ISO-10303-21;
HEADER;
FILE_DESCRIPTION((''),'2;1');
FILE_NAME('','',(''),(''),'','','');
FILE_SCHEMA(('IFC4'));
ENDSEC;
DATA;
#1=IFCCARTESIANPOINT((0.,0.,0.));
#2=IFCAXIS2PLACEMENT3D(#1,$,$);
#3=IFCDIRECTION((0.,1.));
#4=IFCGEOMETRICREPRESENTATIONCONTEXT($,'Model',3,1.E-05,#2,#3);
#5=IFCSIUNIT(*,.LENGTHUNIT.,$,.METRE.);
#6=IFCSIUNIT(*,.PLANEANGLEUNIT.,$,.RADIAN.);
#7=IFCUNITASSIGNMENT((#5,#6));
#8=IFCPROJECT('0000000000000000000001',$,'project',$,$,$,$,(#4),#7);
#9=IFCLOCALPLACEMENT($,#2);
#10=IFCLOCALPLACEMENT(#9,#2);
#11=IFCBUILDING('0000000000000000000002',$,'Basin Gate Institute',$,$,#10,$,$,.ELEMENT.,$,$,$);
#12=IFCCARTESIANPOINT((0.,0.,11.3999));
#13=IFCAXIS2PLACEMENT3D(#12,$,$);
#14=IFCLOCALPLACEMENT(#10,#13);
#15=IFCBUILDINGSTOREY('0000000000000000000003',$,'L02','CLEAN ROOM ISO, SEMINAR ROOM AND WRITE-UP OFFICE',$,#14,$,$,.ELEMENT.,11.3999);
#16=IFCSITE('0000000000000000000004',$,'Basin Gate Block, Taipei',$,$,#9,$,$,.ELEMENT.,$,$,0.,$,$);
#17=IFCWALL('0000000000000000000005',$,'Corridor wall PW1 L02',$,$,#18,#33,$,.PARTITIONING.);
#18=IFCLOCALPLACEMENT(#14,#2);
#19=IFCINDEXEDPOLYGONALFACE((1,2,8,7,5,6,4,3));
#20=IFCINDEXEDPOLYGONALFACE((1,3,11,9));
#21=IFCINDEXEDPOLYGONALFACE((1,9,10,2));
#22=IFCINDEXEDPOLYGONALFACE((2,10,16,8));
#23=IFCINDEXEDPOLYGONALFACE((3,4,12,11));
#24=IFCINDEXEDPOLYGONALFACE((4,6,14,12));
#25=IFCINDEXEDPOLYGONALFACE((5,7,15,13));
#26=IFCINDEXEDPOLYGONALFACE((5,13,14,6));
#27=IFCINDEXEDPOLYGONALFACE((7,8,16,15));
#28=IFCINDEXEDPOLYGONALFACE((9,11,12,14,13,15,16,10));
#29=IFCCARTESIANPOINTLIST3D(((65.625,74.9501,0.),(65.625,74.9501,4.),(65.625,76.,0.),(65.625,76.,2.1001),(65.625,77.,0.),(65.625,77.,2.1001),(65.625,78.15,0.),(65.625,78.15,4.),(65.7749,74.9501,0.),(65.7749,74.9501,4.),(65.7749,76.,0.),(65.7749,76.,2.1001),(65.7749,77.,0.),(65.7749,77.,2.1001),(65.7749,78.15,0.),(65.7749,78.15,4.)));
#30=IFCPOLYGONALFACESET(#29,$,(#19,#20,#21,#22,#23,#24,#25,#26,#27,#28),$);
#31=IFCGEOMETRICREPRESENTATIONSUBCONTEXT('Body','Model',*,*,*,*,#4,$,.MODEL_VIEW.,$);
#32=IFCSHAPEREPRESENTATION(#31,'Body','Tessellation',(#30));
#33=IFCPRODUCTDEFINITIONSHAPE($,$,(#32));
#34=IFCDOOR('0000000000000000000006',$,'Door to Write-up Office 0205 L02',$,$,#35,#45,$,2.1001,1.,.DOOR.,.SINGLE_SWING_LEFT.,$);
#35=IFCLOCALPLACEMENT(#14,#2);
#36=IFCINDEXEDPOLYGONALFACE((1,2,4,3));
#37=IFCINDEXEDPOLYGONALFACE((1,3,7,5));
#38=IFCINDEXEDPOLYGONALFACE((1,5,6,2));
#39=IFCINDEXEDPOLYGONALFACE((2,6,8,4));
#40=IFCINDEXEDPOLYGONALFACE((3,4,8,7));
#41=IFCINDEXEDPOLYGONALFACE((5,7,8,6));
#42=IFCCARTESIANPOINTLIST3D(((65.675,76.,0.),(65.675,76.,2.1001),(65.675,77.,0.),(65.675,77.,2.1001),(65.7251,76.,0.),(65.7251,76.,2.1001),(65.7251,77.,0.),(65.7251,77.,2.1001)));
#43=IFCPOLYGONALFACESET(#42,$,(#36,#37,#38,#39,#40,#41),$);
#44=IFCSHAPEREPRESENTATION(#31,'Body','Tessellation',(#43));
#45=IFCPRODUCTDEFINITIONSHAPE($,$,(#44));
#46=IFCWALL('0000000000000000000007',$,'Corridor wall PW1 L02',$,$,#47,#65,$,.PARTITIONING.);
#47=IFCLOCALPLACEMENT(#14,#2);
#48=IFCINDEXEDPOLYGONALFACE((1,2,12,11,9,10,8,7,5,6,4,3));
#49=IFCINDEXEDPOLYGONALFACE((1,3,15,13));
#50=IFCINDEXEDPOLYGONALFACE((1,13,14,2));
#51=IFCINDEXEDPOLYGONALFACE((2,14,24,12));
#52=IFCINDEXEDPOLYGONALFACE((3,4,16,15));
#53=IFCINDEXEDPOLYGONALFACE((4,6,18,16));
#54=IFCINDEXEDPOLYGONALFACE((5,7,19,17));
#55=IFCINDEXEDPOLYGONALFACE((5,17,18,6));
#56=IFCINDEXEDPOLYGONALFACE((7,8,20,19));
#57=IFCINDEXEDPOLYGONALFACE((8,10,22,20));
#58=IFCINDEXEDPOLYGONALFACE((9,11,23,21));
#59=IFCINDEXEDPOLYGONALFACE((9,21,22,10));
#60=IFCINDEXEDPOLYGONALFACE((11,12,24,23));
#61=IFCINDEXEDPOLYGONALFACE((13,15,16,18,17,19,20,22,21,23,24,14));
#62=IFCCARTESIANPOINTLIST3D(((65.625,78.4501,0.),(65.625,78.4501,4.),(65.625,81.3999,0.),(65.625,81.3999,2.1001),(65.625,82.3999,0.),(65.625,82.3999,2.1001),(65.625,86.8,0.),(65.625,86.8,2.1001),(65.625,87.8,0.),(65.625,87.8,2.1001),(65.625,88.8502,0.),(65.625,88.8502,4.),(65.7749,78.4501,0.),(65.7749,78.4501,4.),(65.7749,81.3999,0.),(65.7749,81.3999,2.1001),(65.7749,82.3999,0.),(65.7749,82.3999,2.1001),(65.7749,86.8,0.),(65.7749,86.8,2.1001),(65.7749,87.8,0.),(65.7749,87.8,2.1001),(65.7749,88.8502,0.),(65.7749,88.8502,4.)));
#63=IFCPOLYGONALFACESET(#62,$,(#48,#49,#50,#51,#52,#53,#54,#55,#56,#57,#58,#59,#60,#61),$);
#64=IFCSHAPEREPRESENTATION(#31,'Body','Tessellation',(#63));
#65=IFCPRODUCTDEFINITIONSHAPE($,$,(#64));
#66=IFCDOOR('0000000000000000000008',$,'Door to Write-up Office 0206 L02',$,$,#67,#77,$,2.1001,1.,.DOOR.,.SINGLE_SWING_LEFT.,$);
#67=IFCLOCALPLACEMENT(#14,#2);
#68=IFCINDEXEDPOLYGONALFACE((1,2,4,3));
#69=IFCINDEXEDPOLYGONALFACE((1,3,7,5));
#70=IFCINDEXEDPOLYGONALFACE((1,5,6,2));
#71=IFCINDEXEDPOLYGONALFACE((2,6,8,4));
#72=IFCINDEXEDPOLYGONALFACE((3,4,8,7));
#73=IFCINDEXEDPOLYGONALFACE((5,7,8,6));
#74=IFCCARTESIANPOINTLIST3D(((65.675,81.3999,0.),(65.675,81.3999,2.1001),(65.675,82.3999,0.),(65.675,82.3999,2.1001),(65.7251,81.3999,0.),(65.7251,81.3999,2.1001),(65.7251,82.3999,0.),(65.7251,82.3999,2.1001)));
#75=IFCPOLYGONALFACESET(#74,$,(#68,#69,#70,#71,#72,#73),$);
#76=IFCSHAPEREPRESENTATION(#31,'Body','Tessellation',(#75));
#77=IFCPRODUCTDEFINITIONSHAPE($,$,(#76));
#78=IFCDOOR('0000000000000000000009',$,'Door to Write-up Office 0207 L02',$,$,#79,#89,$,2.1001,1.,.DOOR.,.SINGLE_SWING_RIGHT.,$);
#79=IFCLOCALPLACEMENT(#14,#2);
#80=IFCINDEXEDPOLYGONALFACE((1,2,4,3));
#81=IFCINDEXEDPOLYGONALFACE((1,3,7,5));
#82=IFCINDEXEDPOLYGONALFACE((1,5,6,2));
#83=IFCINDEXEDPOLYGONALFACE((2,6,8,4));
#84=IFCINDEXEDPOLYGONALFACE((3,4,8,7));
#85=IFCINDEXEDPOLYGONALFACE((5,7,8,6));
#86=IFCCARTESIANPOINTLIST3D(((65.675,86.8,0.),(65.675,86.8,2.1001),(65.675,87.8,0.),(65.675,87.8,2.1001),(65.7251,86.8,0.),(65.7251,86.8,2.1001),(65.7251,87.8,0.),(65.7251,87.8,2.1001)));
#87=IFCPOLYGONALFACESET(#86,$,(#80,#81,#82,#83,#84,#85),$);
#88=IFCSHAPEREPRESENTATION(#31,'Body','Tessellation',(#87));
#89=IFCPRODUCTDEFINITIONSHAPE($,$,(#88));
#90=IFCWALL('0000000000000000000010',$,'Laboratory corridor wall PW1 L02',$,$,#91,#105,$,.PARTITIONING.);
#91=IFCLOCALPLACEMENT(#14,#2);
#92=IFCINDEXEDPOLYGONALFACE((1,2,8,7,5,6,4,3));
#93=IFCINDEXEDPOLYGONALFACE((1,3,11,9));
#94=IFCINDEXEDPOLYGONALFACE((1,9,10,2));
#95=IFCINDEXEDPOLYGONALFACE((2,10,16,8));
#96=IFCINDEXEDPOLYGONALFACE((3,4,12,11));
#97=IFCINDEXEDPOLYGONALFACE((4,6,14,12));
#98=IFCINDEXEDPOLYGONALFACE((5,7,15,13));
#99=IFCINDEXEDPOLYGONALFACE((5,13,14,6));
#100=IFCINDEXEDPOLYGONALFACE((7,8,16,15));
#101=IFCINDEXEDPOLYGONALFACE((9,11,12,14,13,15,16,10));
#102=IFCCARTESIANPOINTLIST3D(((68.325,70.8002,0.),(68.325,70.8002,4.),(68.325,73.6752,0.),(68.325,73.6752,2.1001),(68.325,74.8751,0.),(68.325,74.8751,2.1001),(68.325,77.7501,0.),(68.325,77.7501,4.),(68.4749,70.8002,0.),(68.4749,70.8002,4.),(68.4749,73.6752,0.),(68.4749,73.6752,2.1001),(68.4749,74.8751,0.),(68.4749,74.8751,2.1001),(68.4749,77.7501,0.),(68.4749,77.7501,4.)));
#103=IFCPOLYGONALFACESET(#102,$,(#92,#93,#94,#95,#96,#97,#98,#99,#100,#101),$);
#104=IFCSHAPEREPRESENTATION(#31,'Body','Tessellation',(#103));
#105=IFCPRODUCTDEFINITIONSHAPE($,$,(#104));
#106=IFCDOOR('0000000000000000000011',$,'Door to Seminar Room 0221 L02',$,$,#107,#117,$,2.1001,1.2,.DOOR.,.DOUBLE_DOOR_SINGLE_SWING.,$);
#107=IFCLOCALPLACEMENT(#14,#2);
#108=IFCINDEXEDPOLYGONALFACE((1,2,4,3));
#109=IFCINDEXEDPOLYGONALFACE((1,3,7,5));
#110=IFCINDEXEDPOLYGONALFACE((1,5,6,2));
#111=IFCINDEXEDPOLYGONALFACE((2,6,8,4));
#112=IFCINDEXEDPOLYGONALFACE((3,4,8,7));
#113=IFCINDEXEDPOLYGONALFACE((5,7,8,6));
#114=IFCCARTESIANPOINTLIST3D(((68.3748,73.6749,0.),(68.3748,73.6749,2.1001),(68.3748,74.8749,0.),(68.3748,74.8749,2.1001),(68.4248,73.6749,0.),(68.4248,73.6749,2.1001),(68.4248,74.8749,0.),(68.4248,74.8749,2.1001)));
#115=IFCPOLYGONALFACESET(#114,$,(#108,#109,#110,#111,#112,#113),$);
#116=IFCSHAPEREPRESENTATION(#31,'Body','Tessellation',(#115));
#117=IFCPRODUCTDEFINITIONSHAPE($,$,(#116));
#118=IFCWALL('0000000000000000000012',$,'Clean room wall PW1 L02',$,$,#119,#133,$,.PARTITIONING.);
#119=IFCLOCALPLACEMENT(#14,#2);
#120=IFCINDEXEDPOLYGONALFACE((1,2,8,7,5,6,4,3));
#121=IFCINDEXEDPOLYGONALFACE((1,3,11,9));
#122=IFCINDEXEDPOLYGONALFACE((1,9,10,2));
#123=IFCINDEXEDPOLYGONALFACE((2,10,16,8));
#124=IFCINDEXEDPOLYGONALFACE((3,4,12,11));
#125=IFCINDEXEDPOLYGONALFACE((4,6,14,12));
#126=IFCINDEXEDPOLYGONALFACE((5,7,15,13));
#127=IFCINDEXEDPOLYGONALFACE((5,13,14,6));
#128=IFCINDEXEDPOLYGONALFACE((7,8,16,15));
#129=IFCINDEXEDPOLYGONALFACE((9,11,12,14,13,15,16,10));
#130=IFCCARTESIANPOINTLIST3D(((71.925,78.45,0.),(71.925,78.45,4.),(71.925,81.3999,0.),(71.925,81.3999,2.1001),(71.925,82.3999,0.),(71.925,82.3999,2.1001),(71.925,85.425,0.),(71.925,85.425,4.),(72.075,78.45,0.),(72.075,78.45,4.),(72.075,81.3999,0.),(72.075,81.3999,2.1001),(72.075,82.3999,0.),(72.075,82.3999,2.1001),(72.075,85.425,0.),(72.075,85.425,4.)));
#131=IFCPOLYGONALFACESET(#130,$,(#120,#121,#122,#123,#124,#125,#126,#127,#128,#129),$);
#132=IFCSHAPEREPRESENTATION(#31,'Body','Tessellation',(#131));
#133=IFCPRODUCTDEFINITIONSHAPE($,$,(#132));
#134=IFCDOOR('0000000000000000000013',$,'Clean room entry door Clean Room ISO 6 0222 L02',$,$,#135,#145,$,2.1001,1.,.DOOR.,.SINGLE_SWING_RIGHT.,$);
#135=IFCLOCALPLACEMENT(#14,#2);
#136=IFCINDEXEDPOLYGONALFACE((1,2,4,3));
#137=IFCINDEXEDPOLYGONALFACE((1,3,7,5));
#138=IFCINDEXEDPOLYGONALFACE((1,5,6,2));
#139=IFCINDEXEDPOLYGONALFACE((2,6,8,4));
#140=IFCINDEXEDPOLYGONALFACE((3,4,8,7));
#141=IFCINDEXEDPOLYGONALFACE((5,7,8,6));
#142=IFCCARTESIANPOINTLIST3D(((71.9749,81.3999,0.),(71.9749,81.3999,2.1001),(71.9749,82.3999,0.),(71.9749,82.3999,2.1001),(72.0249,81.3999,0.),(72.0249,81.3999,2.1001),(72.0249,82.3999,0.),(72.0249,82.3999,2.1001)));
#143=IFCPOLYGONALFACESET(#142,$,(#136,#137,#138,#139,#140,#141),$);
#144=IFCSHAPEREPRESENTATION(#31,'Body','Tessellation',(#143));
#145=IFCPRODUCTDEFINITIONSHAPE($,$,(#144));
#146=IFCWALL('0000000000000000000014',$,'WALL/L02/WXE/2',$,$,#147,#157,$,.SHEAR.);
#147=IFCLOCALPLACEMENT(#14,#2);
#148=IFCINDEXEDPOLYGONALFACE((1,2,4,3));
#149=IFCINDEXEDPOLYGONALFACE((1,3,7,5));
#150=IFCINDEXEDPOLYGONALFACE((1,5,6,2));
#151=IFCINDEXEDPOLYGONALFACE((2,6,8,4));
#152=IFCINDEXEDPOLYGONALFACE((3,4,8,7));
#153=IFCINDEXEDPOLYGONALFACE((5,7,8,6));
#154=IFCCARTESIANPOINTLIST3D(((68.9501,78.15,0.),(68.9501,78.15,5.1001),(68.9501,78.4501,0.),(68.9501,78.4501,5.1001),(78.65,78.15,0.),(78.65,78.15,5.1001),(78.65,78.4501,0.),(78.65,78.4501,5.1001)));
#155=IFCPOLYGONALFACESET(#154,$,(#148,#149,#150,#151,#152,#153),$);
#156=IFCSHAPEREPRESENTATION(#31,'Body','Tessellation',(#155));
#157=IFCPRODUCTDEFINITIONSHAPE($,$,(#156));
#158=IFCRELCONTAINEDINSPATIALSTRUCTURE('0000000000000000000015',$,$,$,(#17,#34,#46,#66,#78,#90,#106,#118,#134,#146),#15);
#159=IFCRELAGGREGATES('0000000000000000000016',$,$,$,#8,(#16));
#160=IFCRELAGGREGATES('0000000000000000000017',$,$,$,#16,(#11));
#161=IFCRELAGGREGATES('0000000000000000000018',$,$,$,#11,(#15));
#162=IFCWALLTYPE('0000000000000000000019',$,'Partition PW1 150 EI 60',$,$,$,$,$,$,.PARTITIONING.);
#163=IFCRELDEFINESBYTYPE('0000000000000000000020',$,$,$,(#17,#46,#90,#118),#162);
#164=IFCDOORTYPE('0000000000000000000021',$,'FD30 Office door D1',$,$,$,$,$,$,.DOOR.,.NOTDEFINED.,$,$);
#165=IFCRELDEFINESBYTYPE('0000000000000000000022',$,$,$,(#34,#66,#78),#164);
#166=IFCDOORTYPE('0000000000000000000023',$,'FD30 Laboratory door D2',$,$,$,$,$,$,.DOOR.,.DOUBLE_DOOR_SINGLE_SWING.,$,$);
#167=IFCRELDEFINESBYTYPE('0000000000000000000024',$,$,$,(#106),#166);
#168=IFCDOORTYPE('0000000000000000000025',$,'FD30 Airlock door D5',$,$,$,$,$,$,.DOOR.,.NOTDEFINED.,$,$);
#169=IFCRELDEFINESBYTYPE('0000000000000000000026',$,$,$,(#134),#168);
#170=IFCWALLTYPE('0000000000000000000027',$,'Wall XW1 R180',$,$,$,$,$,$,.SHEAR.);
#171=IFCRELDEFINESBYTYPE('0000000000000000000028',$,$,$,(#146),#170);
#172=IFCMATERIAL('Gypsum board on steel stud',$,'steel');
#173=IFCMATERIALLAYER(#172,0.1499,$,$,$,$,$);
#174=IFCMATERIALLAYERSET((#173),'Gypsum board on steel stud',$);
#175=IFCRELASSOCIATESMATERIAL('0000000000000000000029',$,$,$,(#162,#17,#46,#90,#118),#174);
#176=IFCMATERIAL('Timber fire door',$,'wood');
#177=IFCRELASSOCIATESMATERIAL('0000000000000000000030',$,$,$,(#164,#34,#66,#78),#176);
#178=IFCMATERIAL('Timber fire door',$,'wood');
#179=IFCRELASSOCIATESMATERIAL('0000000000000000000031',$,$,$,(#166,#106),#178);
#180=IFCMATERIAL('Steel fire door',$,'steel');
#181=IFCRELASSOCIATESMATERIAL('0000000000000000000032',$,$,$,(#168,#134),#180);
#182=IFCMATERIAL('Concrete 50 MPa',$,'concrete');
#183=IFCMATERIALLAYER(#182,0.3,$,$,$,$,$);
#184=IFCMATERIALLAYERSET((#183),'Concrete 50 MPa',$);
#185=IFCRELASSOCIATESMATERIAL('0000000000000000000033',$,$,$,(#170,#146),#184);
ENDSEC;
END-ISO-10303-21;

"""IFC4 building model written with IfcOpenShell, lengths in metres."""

from ifc_helpers import new_model, si_unit, direction, frame, frame_2d, origin, place, context, subcontext, project, spatial, rectangle, extrude, material, layer, layer_set, type_object, element, fill, save


model = new_model("IFC4")

# Units and contexts
model_context = context("Model", 3, precision=1e-05, world=origin(), true_north=direction((0.0, 1.0)))
body_context = subcontext(model_context, "Body", "Model", "MODEL_VIEW")
ifc_project = project(units=[si_unit("LENGTHUNIT", "METRE"), si_unit("PLANEANGLEUNIT", "RADIAN")], contexts=[model_context])

# Site, building, storey
site_placement = place(None, origin())
site = spatial("IfcSite", under=ifc_project, at=site_placement, Name="Basin Gate Block, Taipei", CompositionType="ELEMENT", RefElevation=0.0)
building_placement = place(site_placement, origin())
building = spatial("IfcBuilding", under=site, at=building_placement, Name="Basin Gate Institute", CompositionType="ELEMENT")
storey_placement = place(building_placement, frame((0.0, 0.0, 11.3999)))
storey = spatial("IfcBuildingStorey", under=building, at=storey_placement, Name="L02", Description="CLEAN ROOM ISO, SEMINAR ROOM AND WRITE-UP OFFICE", CompositionType="ELEMENT", Elevation=11.3999)

# Wall, opening, door
ifc_material_1 = material(Name="Gypsum board on steel stud", Category="steel")
ifc_layer_1 = layer(ifc_material_1, 0.1499)
ifc_layer_set_1 = layer_set([ifc_layer_1], Name="Gypsum board on steel stud")
wall_type_1 = type_object("IfcWallType", Name="Partition PW1 150 EI 60", PredefinedType="PARTITIONING", material=ifc_layer_set_1)
wall_1_placement = place(storey_placement, frame((65.7, 74.95, 0.0), z_axis=(0.0, 0.0, 1.0), x_axis=(0.0, 1.0, 0.0)))
wall_1 = element("IfcWall", 1, at=wall_1_placement, inside=storey, type_object=wall_type_1, material=ifc_layer_set_1, Name="Corridor wall PW1 L02", PredefinedType="PARTITIONING", context=body_context, shape_type="SweptSolid", body=[
    extrude(rectangle(XDim=3.2, YDim=0.1499, at=frame_2d((1.6001, 0.0))), origin(), (0.0, 0.0, 1.0), 4.0),
])
opening_1_placement = place(wall_1_placement, frame((1.05, 0.0, 0.0)))
opening_1 = element("IfcOpeningElement", 2, at=opening_1_placement, cuts=wall_1, PredefinedType="OPENING", context=body_context, shape_type="SweptSolid", body=[
    extrude(rectangle(XDim=1.0, YDim=2.1001, at=frame_2d((0.5, 1.05))), frame((0.0, 0.085, 0.0), z_axis=(0.0, -1.0, 0.0), x_axis=(1.0, 0.0, 0.0)), (0.0, 0.0, 1.0), 0.1699),
])
ifc_material_2 = material(Name="Timber fire door", Category="wood")
door_type_1 = type_object("IfcDoorType", Name="FD30 Office door D1", OperationType="NOTDEFINED", PredefinedType="DOOR", material=ifc_material_2)
door_1_placement = place(opening_1_placement, origin())
door_1 = element("IfcDoor", 3, at=door_1_placement, inside=storey, type_object=door_type_1, material=ifc_material_2, Name="Door to Write-up Office 0205 L02", OperationType="SINGLE_SWING_LEFT", OverallHeight=2.1001, OverallWidth=1.0, PredefinedType="DOOR", context=body_context, shape_type="SweptSolid", body=[
    extrude(rectangle(XDim=1.0, YDim=2.1001, at=frame_2d((0.5, 1.05))), frame((0.0, 0.0249, 0.0), z_axis=(0.0, -1.0, 0.0), x_axis=(1.0, 0.0, 0.0)), (0.0, 0.0, 1.0), 0.05),
])
fill(opening_1, door_1)

# Wall, openings, doors
wall_2_placement = place(storey_placement, frame((65.7, 78.45, 0.0), z_axis=(0.0, 0.0, 1.0), x_axis=(0.0, 1.0, 0.0)))
wall_2 = element("IfcWall", 4, at=wall_2_placement, inside=storey, type_object=wall_type_1, material=ifc_layer_set_1, Name="Corridor wall PW1 L02", PredefinedType="PARTITIONING", context=body_context, shape_type="SweptSolid", body=[
    extrude(rectangle(XDim=10.4001, YDim=0.1499, at=frame_2d((5.2002, 0.0))), origin(), (0.0, 0.0, 1.0), 4.0),
])
opening_2_placement = place(wall_2_placement, frame((2.95, 0.0, 0.0)))
opening_2 = element("IfcOpeningElement", 5, at=opening_2_placement, cuts=wall_2, PredefinedType="OPENING", context=body_context, shape_type="SweptSolid", body=[
    extrude(rectangle(XDim=1.0, YDim=2.1001, at=frame_2d((0.5, 1.05))), frame((0.0, 0.085, 0.0), z_axis=(0.0, -1.0, 0.0), x_axis=(1.0, 0.0, 0.0)), (0.0, 0.0, 1.0), 0.1699),
])
opening_3_placement = place(wall_2_placement, frame((8.3501, 0.0, 0.0)))
opening_3 = element("IfcOpeningElement", 6, at=opening_3_placement, cuts=wall_2, PredefinedType="OPENING", context=body_context, shape_type="SweptSolid", body=[
    extrude(rectangle(XDim=1.0, YDim=2.1001, at=frame_2d((0.5, 1.05))), frame((0.0, 0.085, 0.0), z_axis=(0.0, -1.0, 0.0), x_axis=(1.0, 0.0, 0.0)), (0.0, 0.0, 1.0), 0.1699),
])
door_2_placement = place(opening_2_placement, origin())
door_2 = element("IfcDoor", 7, at=door_2_placement, inside=storey, type_object=door_type_1, material=ifc_material_2, Name="Door to Write-up Office 0206 L02", OperationType="SINGLE_SWING_LEFT", OverallHeight=2.1001, OverallWidth=1.0, PredefinedType="DOOR", context=body_context, shape_type="SweptSolid", body=[
    extrude(rectangle(XDim=1.0, YDim=2.1001, at=frame_2d((0.5, 1.05))), frame((0.0, 0.0249, 0.0), z_axis=(0.0, -1.0, 0.0), x_axis=(1.0, 0.0, 0.0)), (0.0, 0.0, 1.0), 0.05),
])
fill(opening_2, door_2)
door_3_placement = place(opening_3_placement, origin())
door_3 = element("IfcDoor", 8, at=door_3_placement, inside=storey, type_object=door_type_1, material=ifc_material_2, Name="Door to Write-up Office 0207 L02", OperationType="SINGLE_SWING_RIGHT", OverallHeight=2.1001, OverallWidth=1.0, PredefinedType="DOOR", context=body_context, shape_type="SweptSolid", body=[
    extrude(rectangle(XDim=1.0, YDim=2.1001, at=frame_2d((0.5, 1.05))), frame((0.0, 0.0249, 0.0), z_axis=(0.0, -1.0, 0.0), x_axis=(1.0, 0.0, 0.0)), (0.0, 0.0, 1.0), 0.05),
])
fill(opening_3, door_3)

# Walls, openings, doors
wall_3_placement = place(storey_placement, frame((68.3999, 70.8, 0.0), z_axis=(0.0, 0.0, 1.0), x_axis=(0.0, 1.0, 0.0)))
wall_3 = element("IfcWall", 9, at=wall_3_placement, inside=storey, type_object=wall_type_1, material=ifc_layer_set_1, Name="Laboratory corridor wall PW1 L02", PredefinedType="PARTITIONING", context=body_context, shape_type="SweptSolid", body=[
    extrude(rectangle(XDim=6.95, YDim=0.1499, at=frame_2d((3.4751, 0.0))), origin(), (0.0, 0.0, 1.0), 4.0),
])
opening_4_placement = place(wall_3_placement, frame((2.875, 0.0, 0.0)))
opening_4 = element("IfcOpeningElement", 10, at=opening_4_placement, cuts=wall_3, PredefinedType="OPENING", context=body_context, shape_type="SweptSolid", body=[
    extrude(rectangle(XDim=1.2, YDim=2.1001, at=frame_2d((0.6001, 1.05))), frame((0.0, 0.085, 0.0), z_axis=(0.0, -1.0, 0.0), x_axis=(1.0, 0.0, 0.0)), (0.0, 0.0, 1.0), 0.1699),
])
ifc_material_3 = material(Name="Timber fire door", Category="wood")
door_type_2 = type_object("IfcDoorType", Name="FD30 Laboratory door D2", OperationType="DOUBLE_DOOR_SINGLE_SWING", PredefinedType="DOOR", material=ifc_material_3)
door_4_placement = place(opening_4_placement, frame((1.2, 0.0, 0.0), z_axis=(0.0, 0.0, 1.0), x_axis=(-1.0, 0.0, 0.0)))
door_4 = element("IfcDoor", 11, at=door_4_placement, inside=storey, type_object=door_type_2, material=ifc_material_3, Name="Door to Seminar Room 0221 L02", OperationType="DOUBLE_DOOR_SINGLE_SWING", OverallHeight=2.1001, OverallWidth=1.2, PredefinedType="DOOR", context=body_context, shape_type="SweptSolid", body=[
    extrude(rectangle(XDim=1.2, YDim=2.1001, at=frame_2d((0.6001, 1.05))), frame((0.0, 0.0249, 0.0), z_axis=(0.0, -1.0, 0.0), x_axis=(1.0, 0.0, 0.0)), (0.0, 0.0, 1.0), 0.05),
])
fill(opening_4, door_4)
wall_4_placement = place(storey_placement, frame((72.0, 78.45, 0.0), z_axis=(0.0, 0.0, 1.0), x_axis=(0.0, 1.0, 0.0)))
wall_4 = element("IfcWall", 12, at=wall_4_placement, inside=storey, type_object=wall_type_1, material=ifc_layer_set_1, Name="Clean room wall PW1 L02", PredefinedType="PARTITIONING", context=body_context, shape_type="SweptSolid", body=[
    extrude(rectangle(XDim=6.9751, YDim=0.1499, at=frame_2d((3.4875, 0.0))), origin(), (0.0, 0.0, 1.0), 4.0),
])
opening_5_placement = place(wall_4_placement, frame((2.95, 0.0, 0.0)))
opening_5 = element("IfcOpeningElement", 13, at=opening_5_placement, cuts=wall_4, PredefinedType="OPENING", context=body_context, shape_type="SweptSolid", body=[
    extrude(rectangle(XDim=1.0, YDim=2.1001, at=frame_2d((0.5, 1.05))), frame((0.0, 0.085, 0.0), z_axis=(0.0, -1.0, 0.0), x_axis=(1.0, 0.0, 0.0)), (0.0, 0.0, 1.0), 0.1699),
])
ifc_material_4 = material(Name="Steel fire door", Category="steel")
door_type_3 = type_object("IfcDoorType", Name="FD30 Airlock door D5", OperationType="NOTDEFINED", PredefinedType="DOOR", material=ifc_material_4)
door_5_placement = place(opening_5_placement, frame((1.0, 0.0, 0.0), z_axis=(0.0, 0.0, 1.0), x_axis=(-1.0, 0.0, 0.0)))
door_5 = element("IfcDoor", 14, at=door_5_placement, inside=storey, type_object=door_type_3, material=ifc_material_4, Name="Clean room entry door Clean Room ISO 6 0222 L02", OperationType="SINGLE_SWING_RIGHT", OverallHeight=2.1001, OverallWidth=1.0, PredefinedType="DOOR", context=body_context, shape_type="SweptSolid", body=[
    extrude(rectangle(XDim=1.0, YDim=2.1001, at=frame_2d((0.5, 1.05))), frame((0.0, 0.0249, 0.0), z_axis=(0.0, -1.0, 0.0), x_axis=(1.0, 0.0, 0.0)), (0.0, 0.0, 1.0), 0.05),
])
fill(opening_5, door_5)

# Wall
ifc_material_5 = material(Name="Concrete 50 MPa", Category="concrete")
ifc_layer_2 = layer(ifc_material_5, 0.3)
ifc_layer_set_2 = layer_set([ifc_layer_2], Name="Concrete 50 MPa")
wall_type_2 = type_object("IfcWallType", Name="Wall XW1 R180", PredefinedType="SHEAR", material=ifc_layer_set_2)
wall_5_placement = place(storey_placement, frame((68.95, 78.3, 0.0), z_axis=(0.0, 0.0, 1.0), x_axis=(1.0, 0.0, 0.0)))
element("IfcWall", 15, at=wall_5_placement, inside=storey, type_object=wall_type_2, material=ifc_layer_set_2, Name="WALL/L02/WXE/2", PredefinedType="SHEAR", context=body_context, shape_type="SweptSolid", body=[
    extrude(rectangle(XDim=9.7, YDim=0.3, at=frame_2d((4.8501, 0.0))), origin(), (0.0, 0.0, 1.0), 5.1001),
])

save(model, "model.ifc")
